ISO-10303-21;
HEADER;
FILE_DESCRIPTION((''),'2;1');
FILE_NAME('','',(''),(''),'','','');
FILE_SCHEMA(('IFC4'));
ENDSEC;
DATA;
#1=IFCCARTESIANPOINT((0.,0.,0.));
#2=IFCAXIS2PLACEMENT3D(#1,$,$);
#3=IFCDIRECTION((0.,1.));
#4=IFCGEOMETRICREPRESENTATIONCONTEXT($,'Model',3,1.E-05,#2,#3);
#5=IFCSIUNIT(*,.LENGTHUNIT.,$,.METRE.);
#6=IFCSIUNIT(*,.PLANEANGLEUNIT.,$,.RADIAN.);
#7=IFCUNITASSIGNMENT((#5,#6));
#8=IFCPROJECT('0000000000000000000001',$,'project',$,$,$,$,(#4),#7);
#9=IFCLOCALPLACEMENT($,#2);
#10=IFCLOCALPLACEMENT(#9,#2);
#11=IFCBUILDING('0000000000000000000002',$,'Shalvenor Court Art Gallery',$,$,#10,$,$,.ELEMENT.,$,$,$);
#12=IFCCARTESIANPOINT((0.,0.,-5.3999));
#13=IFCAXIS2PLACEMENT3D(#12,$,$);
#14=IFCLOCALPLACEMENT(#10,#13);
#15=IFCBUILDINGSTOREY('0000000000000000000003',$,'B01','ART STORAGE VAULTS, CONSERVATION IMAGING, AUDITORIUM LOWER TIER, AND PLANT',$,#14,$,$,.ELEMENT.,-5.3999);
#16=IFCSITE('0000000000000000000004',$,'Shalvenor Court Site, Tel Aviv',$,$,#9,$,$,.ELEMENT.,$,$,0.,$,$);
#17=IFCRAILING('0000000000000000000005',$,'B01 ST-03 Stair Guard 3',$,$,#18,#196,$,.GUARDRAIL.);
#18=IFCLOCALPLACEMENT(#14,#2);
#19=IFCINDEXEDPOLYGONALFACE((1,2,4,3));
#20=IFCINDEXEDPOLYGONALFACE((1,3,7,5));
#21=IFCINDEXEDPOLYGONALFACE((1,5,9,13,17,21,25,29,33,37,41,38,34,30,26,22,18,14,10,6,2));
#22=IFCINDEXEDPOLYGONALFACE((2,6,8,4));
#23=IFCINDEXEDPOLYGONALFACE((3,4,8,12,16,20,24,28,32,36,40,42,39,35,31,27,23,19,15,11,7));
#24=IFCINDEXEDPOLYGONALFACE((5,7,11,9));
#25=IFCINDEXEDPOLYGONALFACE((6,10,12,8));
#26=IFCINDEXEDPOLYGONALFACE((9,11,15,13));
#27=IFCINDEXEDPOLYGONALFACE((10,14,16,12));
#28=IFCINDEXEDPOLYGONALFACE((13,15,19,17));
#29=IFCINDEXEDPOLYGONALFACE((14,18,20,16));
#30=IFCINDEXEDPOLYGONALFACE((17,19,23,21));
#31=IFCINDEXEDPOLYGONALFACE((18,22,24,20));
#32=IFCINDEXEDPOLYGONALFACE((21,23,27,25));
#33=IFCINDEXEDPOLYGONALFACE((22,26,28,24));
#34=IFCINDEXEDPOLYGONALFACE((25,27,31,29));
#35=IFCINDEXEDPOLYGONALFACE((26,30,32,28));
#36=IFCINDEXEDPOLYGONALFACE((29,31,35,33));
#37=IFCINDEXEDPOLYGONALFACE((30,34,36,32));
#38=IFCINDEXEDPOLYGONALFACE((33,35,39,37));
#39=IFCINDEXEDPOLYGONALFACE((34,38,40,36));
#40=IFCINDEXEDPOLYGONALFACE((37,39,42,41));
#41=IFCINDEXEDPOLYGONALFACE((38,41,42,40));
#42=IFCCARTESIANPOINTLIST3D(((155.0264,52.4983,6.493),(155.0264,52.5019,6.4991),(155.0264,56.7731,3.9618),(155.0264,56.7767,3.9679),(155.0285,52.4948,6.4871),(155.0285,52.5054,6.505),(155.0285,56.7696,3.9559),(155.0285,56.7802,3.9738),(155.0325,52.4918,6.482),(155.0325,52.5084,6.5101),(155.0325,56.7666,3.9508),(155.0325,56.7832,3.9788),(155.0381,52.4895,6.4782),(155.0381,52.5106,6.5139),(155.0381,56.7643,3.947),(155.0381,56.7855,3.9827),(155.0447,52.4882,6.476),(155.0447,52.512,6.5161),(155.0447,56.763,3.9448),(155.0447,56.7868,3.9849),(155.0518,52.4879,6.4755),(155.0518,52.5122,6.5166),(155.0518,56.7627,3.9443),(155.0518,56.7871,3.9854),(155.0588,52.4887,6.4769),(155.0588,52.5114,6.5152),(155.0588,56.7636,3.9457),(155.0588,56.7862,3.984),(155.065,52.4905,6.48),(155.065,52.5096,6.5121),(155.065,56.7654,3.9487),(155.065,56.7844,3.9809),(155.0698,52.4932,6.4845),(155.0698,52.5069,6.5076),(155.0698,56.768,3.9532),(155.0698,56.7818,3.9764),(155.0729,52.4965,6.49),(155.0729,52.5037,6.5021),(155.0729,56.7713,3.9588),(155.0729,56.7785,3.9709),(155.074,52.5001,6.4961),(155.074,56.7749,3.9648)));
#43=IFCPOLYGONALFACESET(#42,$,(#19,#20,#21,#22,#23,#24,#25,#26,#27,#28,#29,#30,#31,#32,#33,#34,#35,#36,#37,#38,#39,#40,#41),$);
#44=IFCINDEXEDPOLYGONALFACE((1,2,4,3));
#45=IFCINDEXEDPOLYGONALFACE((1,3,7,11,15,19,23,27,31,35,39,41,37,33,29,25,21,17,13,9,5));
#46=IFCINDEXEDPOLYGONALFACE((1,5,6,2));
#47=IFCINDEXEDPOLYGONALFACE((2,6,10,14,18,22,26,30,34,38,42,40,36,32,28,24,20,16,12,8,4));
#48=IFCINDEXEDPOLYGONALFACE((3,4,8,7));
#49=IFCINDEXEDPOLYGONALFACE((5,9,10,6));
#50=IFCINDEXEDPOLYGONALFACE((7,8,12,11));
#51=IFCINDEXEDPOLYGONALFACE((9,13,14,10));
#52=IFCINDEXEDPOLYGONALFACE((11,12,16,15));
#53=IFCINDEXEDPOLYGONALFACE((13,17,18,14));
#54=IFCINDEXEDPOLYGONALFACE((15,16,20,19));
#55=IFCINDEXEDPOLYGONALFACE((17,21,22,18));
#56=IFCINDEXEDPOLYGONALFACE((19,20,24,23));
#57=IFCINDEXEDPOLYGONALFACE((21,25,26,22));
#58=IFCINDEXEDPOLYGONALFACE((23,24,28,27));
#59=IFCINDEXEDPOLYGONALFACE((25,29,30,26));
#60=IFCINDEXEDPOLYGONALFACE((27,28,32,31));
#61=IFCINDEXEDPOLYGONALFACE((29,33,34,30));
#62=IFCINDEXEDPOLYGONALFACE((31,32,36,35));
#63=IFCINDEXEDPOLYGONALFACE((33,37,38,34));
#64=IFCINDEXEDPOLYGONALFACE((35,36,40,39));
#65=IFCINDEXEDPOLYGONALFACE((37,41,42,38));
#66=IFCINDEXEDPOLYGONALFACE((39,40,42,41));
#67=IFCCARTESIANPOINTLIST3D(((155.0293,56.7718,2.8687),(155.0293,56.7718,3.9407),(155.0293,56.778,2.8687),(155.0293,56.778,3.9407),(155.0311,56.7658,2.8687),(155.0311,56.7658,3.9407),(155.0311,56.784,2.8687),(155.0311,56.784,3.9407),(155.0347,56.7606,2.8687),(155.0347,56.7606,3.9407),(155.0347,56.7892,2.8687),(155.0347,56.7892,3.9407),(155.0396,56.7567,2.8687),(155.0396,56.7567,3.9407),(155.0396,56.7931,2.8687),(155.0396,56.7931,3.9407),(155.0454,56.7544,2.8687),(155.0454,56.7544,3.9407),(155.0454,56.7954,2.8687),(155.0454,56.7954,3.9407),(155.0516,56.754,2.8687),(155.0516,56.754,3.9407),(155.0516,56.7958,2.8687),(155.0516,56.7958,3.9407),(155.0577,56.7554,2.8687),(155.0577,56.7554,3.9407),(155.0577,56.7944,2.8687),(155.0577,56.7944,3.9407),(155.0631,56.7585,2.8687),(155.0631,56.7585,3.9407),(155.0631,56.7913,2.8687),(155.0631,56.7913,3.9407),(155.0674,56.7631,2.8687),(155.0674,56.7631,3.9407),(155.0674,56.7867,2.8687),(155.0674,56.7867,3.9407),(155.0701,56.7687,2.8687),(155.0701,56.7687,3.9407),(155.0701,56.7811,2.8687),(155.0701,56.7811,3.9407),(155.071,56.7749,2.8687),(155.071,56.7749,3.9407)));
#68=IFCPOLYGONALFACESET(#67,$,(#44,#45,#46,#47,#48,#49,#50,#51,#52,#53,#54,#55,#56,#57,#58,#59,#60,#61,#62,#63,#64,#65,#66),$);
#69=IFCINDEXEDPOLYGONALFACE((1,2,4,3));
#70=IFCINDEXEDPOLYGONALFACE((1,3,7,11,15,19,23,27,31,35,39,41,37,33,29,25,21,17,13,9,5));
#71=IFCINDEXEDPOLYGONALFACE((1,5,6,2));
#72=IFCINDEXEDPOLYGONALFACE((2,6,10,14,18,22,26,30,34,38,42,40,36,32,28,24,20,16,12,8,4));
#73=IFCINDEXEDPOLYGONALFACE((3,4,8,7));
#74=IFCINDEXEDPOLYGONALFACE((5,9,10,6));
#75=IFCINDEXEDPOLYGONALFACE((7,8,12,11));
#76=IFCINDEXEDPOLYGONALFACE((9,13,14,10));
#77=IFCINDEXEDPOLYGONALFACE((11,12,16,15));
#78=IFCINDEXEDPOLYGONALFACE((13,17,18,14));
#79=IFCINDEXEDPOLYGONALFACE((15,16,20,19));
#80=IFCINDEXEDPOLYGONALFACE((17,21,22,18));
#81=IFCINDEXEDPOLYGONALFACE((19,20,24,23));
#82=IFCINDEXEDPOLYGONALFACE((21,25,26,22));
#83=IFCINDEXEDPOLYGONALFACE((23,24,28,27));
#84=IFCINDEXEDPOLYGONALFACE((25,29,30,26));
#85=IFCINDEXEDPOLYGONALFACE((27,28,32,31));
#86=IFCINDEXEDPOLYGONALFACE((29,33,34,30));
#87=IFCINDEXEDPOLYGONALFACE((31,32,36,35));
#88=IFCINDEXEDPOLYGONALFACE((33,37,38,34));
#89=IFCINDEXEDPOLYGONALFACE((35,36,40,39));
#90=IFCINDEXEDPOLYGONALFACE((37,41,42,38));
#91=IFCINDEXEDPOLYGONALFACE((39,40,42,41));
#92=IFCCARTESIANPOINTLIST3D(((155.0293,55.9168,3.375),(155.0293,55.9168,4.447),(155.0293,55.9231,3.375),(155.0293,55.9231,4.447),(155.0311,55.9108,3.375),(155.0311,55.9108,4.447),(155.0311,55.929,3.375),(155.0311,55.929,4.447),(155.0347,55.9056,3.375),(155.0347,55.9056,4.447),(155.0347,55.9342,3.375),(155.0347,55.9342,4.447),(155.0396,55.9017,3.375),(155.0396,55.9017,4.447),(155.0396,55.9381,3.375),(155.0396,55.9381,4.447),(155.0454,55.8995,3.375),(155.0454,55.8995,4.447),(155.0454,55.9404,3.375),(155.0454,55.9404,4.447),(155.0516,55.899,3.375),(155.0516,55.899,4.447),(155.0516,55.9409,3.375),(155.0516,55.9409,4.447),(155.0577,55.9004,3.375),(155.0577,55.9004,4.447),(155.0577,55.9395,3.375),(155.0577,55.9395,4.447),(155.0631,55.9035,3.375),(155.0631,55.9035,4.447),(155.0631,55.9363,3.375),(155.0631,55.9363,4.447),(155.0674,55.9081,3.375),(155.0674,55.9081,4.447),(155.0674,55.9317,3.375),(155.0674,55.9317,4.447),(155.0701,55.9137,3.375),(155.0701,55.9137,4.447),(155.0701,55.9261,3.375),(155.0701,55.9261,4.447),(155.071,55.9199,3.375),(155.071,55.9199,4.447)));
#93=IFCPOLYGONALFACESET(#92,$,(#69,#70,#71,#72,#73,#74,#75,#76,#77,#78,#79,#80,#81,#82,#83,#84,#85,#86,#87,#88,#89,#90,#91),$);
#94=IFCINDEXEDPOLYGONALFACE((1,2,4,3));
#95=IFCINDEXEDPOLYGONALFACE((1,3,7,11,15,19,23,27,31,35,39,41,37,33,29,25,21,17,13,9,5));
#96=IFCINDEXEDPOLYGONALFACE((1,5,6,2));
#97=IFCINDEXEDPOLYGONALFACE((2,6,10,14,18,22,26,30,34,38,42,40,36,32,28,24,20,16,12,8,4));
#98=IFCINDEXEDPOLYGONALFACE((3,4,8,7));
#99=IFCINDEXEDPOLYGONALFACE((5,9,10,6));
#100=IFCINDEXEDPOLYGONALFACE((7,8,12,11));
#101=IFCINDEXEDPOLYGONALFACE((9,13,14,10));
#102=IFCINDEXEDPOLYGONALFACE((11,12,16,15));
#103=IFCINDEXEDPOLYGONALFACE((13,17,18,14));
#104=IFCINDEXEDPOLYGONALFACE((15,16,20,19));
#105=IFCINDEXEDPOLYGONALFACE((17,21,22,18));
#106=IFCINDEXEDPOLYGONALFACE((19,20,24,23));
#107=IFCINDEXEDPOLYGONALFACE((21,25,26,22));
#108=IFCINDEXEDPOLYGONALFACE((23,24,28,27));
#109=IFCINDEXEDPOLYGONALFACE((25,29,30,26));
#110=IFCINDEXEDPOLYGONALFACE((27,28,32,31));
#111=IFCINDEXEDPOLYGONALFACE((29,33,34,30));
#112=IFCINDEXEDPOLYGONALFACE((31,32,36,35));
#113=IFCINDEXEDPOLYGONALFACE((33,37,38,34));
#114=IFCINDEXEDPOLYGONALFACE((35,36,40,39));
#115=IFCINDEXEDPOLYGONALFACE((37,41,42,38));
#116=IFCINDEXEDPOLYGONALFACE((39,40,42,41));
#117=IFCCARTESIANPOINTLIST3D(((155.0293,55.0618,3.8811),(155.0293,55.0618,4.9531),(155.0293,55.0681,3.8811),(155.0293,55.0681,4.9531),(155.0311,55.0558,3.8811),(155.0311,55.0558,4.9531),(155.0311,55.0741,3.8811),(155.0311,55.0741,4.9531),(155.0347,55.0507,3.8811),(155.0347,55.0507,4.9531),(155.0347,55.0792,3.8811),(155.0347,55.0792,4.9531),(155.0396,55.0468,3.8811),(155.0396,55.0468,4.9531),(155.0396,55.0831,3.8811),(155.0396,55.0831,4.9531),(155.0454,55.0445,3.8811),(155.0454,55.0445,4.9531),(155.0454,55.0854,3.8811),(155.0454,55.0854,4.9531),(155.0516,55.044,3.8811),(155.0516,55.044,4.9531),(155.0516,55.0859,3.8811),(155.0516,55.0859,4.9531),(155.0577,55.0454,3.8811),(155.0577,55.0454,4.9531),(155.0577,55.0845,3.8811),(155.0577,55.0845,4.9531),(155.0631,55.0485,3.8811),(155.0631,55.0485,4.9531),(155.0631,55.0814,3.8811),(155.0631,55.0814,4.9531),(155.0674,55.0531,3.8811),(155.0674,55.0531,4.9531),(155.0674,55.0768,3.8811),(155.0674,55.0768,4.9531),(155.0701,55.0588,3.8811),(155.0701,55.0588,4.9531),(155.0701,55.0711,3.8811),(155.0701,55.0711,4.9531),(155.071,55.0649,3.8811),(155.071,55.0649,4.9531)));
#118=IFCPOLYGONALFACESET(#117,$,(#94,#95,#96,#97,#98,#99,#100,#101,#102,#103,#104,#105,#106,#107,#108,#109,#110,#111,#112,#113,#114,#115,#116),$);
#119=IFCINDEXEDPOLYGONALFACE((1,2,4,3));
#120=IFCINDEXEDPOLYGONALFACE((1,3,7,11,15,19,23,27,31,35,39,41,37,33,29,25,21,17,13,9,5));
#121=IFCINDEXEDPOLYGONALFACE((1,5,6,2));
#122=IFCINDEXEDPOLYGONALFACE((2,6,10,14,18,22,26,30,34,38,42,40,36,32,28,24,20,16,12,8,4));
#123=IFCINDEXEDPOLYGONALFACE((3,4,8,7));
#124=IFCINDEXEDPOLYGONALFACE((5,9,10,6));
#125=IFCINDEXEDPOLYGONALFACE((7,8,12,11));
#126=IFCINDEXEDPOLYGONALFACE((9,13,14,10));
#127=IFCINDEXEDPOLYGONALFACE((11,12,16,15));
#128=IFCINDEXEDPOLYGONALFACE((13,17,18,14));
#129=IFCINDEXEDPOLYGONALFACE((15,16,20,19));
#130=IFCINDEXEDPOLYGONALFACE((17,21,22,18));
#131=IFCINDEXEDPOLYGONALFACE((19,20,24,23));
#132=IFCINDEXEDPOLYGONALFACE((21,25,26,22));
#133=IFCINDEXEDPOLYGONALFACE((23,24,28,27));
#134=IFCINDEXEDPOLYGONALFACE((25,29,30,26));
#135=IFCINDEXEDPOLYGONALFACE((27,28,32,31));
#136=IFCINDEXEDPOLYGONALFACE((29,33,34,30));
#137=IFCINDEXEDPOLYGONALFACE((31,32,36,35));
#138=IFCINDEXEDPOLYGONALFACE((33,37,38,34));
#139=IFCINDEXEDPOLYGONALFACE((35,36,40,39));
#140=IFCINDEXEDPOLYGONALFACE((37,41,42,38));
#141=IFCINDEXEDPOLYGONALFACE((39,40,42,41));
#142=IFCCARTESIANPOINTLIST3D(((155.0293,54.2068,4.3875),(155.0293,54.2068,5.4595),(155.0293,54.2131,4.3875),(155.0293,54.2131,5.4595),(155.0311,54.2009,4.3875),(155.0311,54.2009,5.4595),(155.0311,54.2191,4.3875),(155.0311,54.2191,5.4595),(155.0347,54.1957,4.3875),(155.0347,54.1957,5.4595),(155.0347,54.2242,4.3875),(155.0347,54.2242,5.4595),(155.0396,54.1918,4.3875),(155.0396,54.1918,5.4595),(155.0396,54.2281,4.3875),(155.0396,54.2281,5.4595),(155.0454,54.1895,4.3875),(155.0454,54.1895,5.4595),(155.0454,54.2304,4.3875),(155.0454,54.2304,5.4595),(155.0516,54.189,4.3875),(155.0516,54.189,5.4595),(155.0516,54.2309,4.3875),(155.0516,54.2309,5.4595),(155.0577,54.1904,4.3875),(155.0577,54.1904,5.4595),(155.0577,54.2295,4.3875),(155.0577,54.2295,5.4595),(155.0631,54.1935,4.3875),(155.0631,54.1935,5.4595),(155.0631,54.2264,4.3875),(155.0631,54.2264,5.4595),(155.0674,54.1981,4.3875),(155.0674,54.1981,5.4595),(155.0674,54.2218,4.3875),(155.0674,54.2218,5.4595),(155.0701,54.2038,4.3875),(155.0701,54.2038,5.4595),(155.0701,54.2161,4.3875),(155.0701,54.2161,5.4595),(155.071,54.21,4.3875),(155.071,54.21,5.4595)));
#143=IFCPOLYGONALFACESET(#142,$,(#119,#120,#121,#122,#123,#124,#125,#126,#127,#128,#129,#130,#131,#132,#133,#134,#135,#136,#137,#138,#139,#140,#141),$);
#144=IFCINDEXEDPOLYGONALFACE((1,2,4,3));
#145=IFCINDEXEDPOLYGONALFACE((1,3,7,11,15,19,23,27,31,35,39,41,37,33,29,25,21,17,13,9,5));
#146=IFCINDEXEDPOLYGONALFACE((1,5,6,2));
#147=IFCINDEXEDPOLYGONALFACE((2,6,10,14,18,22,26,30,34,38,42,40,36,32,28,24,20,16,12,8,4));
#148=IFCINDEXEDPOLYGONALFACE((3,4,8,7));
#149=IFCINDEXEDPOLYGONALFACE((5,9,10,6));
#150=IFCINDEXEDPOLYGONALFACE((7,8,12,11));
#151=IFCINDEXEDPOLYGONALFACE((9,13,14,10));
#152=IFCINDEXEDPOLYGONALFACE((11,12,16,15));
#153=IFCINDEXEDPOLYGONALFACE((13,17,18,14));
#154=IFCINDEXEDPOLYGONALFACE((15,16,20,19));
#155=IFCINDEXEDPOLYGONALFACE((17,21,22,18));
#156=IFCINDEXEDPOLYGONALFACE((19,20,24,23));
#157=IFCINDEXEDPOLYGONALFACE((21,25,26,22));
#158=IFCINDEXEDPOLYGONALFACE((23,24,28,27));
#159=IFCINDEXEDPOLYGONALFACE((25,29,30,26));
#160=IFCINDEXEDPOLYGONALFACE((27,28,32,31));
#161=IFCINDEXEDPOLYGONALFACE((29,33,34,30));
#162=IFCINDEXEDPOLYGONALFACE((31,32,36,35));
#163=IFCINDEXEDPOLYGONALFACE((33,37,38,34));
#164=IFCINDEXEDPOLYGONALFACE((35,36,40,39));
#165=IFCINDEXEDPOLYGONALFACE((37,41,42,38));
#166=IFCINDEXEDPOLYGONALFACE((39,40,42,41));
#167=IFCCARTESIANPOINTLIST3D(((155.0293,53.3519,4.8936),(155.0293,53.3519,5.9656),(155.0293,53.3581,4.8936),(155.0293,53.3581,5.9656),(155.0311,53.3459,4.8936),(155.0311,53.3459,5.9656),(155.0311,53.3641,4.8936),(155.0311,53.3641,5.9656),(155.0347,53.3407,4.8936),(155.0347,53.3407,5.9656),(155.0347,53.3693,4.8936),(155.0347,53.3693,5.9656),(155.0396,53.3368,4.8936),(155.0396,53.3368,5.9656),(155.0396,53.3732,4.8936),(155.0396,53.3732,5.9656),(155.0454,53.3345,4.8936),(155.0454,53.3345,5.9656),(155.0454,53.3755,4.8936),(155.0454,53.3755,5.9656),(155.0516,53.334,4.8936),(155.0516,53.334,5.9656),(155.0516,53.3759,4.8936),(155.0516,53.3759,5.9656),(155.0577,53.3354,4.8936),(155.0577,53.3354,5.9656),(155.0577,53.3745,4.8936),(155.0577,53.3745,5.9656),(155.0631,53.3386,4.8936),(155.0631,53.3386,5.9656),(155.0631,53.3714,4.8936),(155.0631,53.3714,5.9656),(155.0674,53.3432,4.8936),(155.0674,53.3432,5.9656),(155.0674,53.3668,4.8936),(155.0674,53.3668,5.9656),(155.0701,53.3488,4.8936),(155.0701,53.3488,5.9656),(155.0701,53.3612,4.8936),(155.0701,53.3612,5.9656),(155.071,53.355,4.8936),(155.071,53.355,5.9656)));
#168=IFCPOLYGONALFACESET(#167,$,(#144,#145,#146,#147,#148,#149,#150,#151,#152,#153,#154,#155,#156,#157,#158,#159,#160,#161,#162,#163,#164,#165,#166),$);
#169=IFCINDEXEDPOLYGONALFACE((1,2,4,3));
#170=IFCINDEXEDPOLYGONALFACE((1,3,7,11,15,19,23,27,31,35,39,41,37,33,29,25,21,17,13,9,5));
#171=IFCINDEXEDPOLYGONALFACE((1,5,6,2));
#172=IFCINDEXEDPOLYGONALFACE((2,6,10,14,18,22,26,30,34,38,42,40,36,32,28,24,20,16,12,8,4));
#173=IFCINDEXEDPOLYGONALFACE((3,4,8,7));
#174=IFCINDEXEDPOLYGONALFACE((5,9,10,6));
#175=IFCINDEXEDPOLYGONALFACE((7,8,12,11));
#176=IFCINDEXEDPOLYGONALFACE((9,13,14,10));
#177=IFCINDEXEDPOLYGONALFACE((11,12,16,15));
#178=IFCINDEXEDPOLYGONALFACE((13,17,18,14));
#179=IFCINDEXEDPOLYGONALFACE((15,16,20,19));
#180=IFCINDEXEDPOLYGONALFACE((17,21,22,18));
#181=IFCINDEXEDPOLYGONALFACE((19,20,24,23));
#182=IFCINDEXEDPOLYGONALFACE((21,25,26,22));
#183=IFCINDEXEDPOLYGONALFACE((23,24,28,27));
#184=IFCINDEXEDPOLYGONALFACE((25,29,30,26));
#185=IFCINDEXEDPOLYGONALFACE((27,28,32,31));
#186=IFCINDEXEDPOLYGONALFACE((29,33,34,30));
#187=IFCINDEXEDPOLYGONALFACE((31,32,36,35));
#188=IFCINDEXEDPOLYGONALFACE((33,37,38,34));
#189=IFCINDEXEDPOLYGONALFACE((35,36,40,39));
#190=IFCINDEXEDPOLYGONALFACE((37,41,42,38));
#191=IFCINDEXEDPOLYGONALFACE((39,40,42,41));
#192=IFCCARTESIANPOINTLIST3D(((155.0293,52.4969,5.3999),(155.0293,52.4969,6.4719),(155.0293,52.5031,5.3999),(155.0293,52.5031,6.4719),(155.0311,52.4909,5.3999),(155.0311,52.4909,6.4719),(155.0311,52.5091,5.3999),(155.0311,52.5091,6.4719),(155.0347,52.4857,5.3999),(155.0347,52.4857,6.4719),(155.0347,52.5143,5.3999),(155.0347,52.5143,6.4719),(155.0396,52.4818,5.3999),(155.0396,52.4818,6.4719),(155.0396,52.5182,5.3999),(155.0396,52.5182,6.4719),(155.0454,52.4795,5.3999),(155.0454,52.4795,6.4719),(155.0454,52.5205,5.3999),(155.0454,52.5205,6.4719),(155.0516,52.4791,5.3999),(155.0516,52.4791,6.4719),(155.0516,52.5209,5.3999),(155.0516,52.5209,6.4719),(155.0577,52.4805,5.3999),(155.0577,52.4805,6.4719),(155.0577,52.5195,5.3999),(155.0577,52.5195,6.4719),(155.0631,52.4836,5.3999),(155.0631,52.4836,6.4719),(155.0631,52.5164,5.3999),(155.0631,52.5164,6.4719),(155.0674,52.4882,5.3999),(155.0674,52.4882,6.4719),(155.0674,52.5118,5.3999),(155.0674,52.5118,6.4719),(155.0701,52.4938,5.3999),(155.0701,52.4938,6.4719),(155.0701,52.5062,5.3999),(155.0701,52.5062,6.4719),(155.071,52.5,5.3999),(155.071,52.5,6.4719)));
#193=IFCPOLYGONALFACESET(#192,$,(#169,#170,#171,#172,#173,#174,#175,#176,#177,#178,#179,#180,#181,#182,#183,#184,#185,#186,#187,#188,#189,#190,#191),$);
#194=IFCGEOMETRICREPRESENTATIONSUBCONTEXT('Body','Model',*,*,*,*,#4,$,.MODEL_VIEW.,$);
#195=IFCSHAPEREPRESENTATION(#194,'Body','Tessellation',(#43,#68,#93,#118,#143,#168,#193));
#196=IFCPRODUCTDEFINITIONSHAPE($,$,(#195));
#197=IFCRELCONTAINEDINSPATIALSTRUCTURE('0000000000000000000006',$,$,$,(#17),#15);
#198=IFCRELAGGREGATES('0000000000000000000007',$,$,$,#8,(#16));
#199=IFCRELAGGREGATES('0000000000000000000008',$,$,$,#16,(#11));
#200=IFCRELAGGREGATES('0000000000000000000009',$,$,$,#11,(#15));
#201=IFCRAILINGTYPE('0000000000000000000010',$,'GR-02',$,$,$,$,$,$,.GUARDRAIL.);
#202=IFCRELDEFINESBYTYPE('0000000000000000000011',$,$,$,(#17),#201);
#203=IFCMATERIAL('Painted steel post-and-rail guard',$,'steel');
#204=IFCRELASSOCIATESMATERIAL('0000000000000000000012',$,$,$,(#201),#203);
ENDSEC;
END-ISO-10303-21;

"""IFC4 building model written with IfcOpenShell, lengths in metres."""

from ifc_helpers import new_model, si_unit, direction, frame, origin, origin_2d, place, context, subcontext, project, spatial, circle, extrude, material, type_object, element, save


model = new_model("IFC4")

# Units and contexts
model_context = context("Model", 3, precision=1e-05, world=origin(), true_north=direction((0.0, 1.0)))
body_context = subcontext(model_context, "Body", "Model", "MODEL_VIEW")
ifc_project = project(units=[si_unit("LENGTHUNIT", "METRE"), si_unit("PLANEANGLEUNIT", "RADIAN")], contexts=[model_context])

# Site, building, storey
site_placement = place(None, origin())
site = spatial("IfcSite", under=ifc_project, at=site_placement, Name="Shalvenor Court Site, Tel Aviv", CompositionType="ELEMENT", RefElevation=0.0)
building_placement = place(site_placement, origin())
building = spatial("IfcBuilding", under=site, at=building_placement, Name="Shalvenor Court Art Gallery", CompositionType="ELEMENT")
storey_placement = place(building_placement, frame((0.0, 0.0, -5.3999)))
storey = spatial("IfcBuildingStorey", under=building, at=storey_placement, Name="B01", Description="ART STORAGE VAULTS, CONSERVATION IMAGING, AUDITORIUM LOWER TIER, AND PLANT", CompositionType="ELEMENT", Elevation=-5.3999)

# Railing
ifc_material_1 = material(Name="Painted steel post-and-rail guard", Category="steel")
railing_type_1 = type_object("IfcRailingType", Name="GR-02", PredefinedType="GUARDRAIL", material=ifc_material_1)
railing_1_placement = place(storey_placement, frame((155.05, 56.7749, 2.8687)))
element("IfcRailing", 1, at=railing_1_placement, inside=storey, type_object=railing_type_1, Name="B01 ST-03 Stair Guard 3", PredefinedType="GUARDRAIL", context=body_context, shape_type="SweptSolid", body=[
    extrude(circle(Radius=0.0239, at=origin_2d()), frame((0.0, 0.0, 1.0962), z_axis=(0.0, -0.86047, 0.509501), x_axis=(1.0, 0.0, 0.0)), (0.0, 0.0, 1.0), 4.968),
    extrude(circle(Radius=0.021, at=origin_2d()), origin(), (0.0, 0.0, 1.0), 1.072),
    extrude(circle(Radius=0.021, at=origin_2d()), frame((0.0, -0.855, 0.5063)), (0.0, 0.0, 1.0), 1.072),
    extrude(circle(Radius=0.021, at=origin_2d()), frame((0.0, -1.71, 1.0125)), (0.0, 0.0, 1.0), 1.072),
    extrude(circle(Radius=0.021, at=origin_2d()), frame((0.0, -2.5649, 1.5188)), (0.0, 0.0, 1.0), 1.072),
    extrude(circle(Radius=0.021, at=origin_2d()), frame((0.0, -3.4199, 2.0249)), (0.0, 0.0, 1.0), 1.072),
    extrude(circle(Radius=0.021, at=origin_2d()), frame((0.0, -4.2749, 2.5312)), (0.0, 0.0, 1.0), 1.072),
])

save(model, "model.ifc")
